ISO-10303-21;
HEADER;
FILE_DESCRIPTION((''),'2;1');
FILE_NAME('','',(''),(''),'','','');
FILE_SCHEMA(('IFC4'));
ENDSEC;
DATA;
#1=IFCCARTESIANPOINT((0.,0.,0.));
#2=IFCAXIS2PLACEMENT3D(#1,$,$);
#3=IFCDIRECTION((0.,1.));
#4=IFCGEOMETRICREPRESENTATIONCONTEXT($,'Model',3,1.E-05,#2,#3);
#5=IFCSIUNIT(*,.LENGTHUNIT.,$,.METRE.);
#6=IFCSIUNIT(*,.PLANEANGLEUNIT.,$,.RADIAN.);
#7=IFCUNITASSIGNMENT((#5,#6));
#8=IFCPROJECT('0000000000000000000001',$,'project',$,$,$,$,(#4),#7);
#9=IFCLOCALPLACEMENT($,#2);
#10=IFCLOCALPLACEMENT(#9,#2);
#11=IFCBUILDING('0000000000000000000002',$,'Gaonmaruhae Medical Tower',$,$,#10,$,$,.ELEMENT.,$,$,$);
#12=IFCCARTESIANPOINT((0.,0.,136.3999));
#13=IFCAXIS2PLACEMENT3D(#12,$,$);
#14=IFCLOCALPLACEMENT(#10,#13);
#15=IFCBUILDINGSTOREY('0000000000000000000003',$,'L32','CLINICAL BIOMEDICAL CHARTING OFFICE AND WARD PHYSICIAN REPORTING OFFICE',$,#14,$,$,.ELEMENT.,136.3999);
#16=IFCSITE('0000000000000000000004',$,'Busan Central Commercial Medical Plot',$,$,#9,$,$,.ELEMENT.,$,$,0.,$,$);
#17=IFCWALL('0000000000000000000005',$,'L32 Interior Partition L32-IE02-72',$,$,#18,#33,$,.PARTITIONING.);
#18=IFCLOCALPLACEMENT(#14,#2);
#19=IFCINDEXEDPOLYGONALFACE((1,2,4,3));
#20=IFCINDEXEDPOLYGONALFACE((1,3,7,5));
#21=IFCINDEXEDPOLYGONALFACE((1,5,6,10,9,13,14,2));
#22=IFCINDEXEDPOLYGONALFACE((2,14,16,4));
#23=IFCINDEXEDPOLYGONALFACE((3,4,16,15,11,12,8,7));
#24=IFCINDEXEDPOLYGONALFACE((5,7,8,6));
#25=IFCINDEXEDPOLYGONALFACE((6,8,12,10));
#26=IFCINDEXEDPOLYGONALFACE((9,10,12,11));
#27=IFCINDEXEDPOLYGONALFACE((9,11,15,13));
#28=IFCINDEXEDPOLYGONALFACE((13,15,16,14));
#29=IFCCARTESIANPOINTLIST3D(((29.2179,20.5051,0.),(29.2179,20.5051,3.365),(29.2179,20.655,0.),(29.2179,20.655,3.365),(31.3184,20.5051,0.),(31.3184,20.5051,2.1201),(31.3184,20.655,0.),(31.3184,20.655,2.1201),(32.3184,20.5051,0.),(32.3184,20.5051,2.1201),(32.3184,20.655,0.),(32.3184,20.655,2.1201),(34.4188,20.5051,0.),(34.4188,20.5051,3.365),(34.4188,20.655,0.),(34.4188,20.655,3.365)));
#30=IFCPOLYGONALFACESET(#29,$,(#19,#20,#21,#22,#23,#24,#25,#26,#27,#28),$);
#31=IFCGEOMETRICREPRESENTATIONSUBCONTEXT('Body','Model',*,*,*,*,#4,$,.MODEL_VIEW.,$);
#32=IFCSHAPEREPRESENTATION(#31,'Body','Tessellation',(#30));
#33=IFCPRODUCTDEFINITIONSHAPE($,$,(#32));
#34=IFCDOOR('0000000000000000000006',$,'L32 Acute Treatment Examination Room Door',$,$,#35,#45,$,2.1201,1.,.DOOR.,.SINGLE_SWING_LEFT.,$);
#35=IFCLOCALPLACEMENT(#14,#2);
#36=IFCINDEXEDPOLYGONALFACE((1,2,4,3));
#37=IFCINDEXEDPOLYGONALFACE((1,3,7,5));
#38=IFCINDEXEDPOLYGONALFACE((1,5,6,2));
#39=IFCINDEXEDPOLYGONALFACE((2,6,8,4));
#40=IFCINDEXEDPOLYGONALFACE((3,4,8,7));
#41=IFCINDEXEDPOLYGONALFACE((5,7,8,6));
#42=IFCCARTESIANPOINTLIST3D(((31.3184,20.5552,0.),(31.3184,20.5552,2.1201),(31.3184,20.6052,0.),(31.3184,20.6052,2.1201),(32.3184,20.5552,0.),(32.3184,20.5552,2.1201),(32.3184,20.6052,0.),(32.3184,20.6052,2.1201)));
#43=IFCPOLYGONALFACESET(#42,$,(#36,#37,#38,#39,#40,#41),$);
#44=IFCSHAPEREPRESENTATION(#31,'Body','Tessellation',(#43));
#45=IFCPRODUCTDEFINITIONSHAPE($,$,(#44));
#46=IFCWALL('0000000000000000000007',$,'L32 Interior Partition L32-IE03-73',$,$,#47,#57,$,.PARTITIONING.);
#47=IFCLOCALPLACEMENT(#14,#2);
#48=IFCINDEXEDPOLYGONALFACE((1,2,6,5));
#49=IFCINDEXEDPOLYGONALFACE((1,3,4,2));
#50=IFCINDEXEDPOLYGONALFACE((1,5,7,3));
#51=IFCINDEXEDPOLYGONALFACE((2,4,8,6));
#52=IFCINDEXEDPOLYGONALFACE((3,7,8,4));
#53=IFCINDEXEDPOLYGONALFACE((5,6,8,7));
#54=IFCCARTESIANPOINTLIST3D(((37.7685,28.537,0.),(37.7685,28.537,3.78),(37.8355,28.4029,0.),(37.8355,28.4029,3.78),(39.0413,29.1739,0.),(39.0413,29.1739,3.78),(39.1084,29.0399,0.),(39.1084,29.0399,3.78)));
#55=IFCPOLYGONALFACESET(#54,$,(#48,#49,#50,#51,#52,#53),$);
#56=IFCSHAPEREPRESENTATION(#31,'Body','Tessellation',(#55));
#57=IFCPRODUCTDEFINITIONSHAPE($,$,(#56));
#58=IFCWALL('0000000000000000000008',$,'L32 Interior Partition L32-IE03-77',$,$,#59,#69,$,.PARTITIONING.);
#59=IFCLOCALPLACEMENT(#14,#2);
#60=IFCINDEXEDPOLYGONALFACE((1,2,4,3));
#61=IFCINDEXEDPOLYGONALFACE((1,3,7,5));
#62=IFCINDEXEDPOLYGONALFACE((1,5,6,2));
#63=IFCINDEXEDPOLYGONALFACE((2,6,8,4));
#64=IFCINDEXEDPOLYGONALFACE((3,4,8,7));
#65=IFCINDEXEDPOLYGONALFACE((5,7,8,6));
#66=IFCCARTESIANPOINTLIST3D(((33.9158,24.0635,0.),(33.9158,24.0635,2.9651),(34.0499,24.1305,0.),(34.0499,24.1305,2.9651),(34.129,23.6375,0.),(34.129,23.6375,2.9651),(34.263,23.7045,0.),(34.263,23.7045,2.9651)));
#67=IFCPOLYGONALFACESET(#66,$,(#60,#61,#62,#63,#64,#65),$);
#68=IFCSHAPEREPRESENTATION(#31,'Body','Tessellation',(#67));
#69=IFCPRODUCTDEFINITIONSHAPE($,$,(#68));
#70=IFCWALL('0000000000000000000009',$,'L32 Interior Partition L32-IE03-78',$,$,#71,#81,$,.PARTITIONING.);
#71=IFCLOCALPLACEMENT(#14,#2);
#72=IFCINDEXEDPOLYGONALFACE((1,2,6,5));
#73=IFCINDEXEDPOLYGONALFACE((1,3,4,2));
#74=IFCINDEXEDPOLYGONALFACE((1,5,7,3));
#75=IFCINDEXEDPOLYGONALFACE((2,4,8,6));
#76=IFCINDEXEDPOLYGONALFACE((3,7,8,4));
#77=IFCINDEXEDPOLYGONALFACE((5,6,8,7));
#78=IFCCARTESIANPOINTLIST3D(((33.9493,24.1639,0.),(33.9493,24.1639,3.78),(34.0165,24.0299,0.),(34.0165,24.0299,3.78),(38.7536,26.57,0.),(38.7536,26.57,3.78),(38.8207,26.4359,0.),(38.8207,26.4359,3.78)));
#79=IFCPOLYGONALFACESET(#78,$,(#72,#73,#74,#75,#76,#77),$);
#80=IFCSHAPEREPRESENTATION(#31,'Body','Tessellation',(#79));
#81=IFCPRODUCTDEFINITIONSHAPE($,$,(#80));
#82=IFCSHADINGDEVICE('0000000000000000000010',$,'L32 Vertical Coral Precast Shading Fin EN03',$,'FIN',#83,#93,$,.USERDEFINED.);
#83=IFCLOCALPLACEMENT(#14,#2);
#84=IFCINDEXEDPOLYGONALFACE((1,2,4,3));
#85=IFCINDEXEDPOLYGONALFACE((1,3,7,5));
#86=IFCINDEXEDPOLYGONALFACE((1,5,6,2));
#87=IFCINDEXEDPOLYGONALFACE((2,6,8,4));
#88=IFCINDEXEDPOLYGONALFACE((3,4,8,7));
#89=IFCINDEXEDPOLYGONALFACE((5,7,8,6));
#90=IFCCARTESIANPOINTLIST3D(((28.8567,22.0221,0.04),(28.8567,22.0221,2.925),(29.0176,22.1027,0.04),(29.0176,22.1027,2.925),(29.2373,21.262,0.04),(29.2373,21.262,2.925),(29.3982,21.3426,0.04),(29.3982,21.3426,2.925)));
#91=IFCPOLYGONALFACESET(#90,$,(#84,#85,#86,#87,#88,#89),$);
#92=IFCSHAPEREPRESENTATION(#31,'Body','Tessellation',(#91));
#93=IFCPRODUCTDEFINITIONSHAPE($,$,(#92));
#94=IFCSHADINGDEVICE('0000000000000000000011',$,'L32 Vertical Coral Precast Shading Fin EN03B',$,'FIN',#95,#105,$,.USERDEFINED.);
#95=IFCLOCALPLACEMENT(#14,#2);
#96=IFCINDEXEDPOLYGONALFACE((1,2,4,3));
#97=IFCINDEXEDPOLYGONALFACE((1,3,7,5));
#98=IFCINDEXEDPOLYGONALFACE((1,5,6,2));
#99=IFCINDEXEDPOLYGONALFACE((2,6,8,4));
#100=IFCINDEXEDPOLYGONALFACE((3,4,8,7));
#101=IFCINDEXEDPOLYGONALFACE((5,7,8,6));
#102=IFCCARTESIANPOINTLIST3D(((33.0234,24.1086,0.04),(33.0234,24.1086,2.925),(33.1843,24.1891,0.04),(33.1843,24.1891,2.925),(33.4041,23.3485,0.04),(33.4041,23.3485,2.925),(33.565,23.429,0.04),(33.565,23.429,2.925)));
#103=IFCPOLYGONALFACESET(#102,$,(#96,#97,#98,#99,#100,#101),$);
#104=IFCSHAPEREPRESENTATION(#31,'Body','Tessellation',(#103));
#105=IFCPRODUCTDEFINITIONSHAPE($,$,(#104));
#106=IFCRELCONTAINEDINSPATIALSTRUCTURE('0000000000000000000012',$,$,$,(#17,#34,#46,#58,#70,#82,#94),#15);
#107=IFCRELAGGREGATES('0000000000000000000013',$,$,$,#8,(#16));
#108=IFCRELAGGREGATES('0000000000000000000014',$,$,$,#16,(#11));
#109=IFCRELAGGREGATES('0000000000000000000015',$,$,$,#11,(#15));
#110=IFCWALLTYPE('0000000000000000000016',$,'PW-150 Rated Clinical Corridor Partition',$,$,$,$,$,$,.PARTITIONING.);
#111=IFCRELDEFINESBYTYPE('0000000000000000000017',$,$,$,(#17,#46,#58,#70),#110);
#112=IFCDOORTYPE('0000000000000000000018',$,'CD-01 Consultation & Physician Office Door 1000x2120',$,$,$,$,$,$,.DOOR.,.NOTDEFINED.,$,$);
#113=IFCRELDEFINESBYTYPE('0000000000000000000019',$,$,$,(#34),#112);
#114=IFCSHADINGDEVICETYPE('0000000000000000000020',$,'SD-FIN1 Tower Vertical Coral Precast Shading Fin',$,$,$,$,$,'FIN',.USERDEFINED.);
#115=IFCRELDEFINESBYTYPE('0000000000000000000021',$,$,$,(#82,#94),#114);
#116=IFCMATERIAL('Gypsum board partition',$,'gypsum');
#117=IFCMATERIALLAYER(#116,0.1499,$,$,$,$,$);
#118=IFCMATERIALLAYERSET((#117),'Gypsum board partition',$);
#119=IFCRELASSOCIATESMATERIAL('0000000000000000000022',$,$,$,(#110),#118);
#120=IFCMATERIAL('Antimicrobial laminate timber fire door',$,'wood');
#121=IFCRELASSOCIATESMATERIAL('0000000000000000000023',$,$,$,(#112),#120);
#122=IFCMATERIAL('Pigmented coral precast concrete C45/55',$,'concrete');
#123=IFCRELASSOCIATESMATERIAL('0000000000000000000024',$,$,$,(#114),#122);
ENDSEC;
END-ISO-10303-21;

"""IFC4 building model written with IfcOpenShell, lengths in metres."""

from ifc_helpers import new_model, si_unit, direction, frame, frame_2d, origin, origin_2d, place, context, subcontext, project, spatial, rectangle, extrude, material, layer, layer_set, type_object, element, fill, save


model = new_model("IFC4")

# Units and contexts
model_context = context("Model", 3, precision=1e-05, world=origin(), true_north=direction((0.0, 1.0)))
body_context = subcontext(model_context, "Body", "Model", "MODEL_VIEW")
ifc_project = project(units=[si_unit("LENGTHUNIT", "METRE"), si_unit("PLANEANGLEUNIT", "RADIAN")], contexts=[model_context])

# Site, building, storey
site_placement = place(None, origin())
site = spatial("IfcSite", under=ifc_project, at=site_placement, Name="Busan Central Commercial Medical Plot", CompositionType="ELEMENT", RefElevation=0.0)
building_placement = place(site_placement, origin())
building = spatial("IfcBuilding", under=site, at=building_placement, Name="Gaonmaruhae Medical Tower", CompositionType="ELEMENT")
storey_placement = place(building_placement, frame((0.0, 0.0, 136.3999)))
storey = spatial("IfcBuildingStorey", under=building, at=storey_placement, Name="L32", Description="CLINICAL BIOMEDICAL CHARTING OFFICE AND WARD PHYSICIAN REPORTING OFFICE", CompositionType="ELEMENT", Elevation=136.3999)

# Shared definitions
ifc_material_1 = material(Name="Gypsum board partition", Category="gypsum")
ifc_layer_1 = layer(ifc_material_1, 0.1499)
ifc_layer_set_1 = layer_set([ifc_layer_1], Name="Gypsum board partition")
wall_type_1 = type_object("IfcWallType", Name="PW-150 Rated Clinical Corridor Partition", PredefinedType="PARTITIONING", material=ifc_layer_set_1)
ifc_material_2 = material(Name="Antimicrobial laminate timber fire door", Category="wood")
door_type = type_object("IfcDoorType", Name="CD-01 Consultation & Physician Office Door 1000x2120", OperationType="NOTDEFINED", PredefinedType="DOOR", material=ifc_material_2)

# Wall, opening, door
wall_1_placement = place(storey_placement, frame((34.4189, 20.5801, 0.0), z_axis=(0.0, 0.0, 1.0), x_axis=(-1.0, 0.0, 0.0)))
wall_1 = element("IfcWall", 1, at=wall_1_placement, inside=storey, type_object=wall_type_1, Name="L32 Interior Partition L32-IE02-72", PredefinedType="PARTITIONING", context=body_context, shape_type="SweptSolid", body=[
    extrude(rectangle(XDim=5.2009, YDim=0.1499, at=frame_2d((2.6006, 0.0))), origin(), (0.0, 0.0, 1.0), 3.365),
])
opening_1_placement = place(wall_1_placement, frame((2.1006, 0.0, 0.0)))
opening_1 = element("IfcOpeningElement", 2, at=opening_1_placement, cuts=wall_1, PredefinedType="OPENING", context=body_context, shape_type="SweptSolid", body=[
    extrude(rectangle(XDim=1.0, YDim=2.1201, at=frame_2d((0.5, 1.0601))), frame((0.0, 0.085, 0.0), z_axis=(0.0, -1.0, 0.0), x_axis=(1.0, 0.0, 0.0)), (0.0, 0.0, 1.0), 0.1699),
])
door_1_placement = place(opening_1_placement, origin())
door_1 = element("IfcDoor", 3, at=door_1_placement, inside=storey, type_object=door_type, Name="L32 Acute Treatment Examination Room Door", OperationType="SINGLE_SWING_LEFT", OverallHeight=2.1201, OverallWidth=1.0, PredefinedType="DOOR", context=body_context, shape_type="SweptSolid", body=[
    extrude(rectangle(XDim=1.0, YDim=2.1201, at=frame_2d((0.5, 1.0601))), frame((0.0, 0.0249, 0.0), z_axis=(0.0, -1.0, 0.0), x_axis=(1.0, 0.0, 0.0)), (0.0, 0.0, 1.0), 0.05),
])
fill(opening_1, door_1)

# Walls
wall_2_placement = place(storey_placement, frame((37.802, 28.47, 0.0), z_axis=(0.0, 0.0, 1.0), x_axis=(0.89429, 0.447488, 0.0)))
element("IfcWall", 4, at=wall_2_placement, inside=storey, type_object=wall_type_1, Name="L32 Interior Partition L32-IE03-73", PredefinedType="PARTITIONING", context=body_context, shape_type="SweptSolid", body=[
    extrude(rectangle(XDim=1.4233, YDim=0.1499, at=frame_2d((0.7117, 0.0))), origin(), (0.0, 0.0, 1.0), 3.78),
])
wall_3_placement = place(storey_placement, frame((34.196, 23.6709, 0.0), z_axis=(0.0, 0.0, 1.0), x_axis=(-0.447419, 0.894325, 0.0)))
element("IfcWall", 5, at=wall_3_placement, inside=storey, type_object=wall_type_1, Name="L32 Interior Partition L32-IE03-77", PredefinedType="PARTITIONING", context=body_context, shape_type="SweptSolid", body=[
    extrude(rectangle(XDim=0.4763, YDim=0.1499, at=frame_2d((0.2383, 0.0))), origin(), (0.0, 0.0, 1.0), 2.9651),
])
wall_4_placement = place(storey_placement, frame((33.9829, 24.0969, 0.0), z_axis=(0.0, 0.0, 1.0), x_axis=(0.894136, 0.447795, 0.0)))
element("IfcWall", 6, at=wall_4_placement, inside=storey, type_object=wall_type_1, Name="L32 Interior Partition L32-IE03-78", PredefinedType="PARTITIONING", context=body_context, shape_type="SweptSolid", body=[
    extrude(rectangle(XDim=5.373, YDim=0.1499, at=frame_2d((2.6865, 0.0))), origin(), (0.0, 0.0, 1.0), 3.78),
])

# Shading devices
ifc_material_3 = material(Name="Pigmented coral precast concrete C45/55", Category="concrete")
shading_device_type = type_object("IfcShadingDeviceType", Name="SD-FIN1 Tower Vertical Coral Precast Shading Fin", ElementType="FIN", PredefinedType="USERDEFINED", material=ifc_material_3)
for number, where, z_axis, x_axis, name in (
    (7, (29.1274, 21.6824, 0.04), (0.0, 0.0, 1.0), (0.894154, 0.447759, 0.0), "L32 Vertical Coral Precast Shading Fin EN03"),
    (8, (33.2942, 23.7688, 0.04), (0.0, 0.0, 1.0), (0.894154, 0.447759, 0.0), "L32 Vertical Coral Precast Shading Fin EN03B"),
):
    element("IfcShadingDevice", number, at=place(storey_placement, frame(where, z_axis=z_axis, x_axis=x_axis)), inside=storey, type_object=shading_device_type, Name=name, ObjectType="FIN", PredefinedType="USERDEFINED", context=body_context, shape_type="SweptSolid", body=[
        extrude(rectangle(XDim=0.1799, YDim=0.8501, at=origin_2d()), origin(), (0.0, 0.0, 1.0), 2.885),
    ])

save(model, "model.ifc")
